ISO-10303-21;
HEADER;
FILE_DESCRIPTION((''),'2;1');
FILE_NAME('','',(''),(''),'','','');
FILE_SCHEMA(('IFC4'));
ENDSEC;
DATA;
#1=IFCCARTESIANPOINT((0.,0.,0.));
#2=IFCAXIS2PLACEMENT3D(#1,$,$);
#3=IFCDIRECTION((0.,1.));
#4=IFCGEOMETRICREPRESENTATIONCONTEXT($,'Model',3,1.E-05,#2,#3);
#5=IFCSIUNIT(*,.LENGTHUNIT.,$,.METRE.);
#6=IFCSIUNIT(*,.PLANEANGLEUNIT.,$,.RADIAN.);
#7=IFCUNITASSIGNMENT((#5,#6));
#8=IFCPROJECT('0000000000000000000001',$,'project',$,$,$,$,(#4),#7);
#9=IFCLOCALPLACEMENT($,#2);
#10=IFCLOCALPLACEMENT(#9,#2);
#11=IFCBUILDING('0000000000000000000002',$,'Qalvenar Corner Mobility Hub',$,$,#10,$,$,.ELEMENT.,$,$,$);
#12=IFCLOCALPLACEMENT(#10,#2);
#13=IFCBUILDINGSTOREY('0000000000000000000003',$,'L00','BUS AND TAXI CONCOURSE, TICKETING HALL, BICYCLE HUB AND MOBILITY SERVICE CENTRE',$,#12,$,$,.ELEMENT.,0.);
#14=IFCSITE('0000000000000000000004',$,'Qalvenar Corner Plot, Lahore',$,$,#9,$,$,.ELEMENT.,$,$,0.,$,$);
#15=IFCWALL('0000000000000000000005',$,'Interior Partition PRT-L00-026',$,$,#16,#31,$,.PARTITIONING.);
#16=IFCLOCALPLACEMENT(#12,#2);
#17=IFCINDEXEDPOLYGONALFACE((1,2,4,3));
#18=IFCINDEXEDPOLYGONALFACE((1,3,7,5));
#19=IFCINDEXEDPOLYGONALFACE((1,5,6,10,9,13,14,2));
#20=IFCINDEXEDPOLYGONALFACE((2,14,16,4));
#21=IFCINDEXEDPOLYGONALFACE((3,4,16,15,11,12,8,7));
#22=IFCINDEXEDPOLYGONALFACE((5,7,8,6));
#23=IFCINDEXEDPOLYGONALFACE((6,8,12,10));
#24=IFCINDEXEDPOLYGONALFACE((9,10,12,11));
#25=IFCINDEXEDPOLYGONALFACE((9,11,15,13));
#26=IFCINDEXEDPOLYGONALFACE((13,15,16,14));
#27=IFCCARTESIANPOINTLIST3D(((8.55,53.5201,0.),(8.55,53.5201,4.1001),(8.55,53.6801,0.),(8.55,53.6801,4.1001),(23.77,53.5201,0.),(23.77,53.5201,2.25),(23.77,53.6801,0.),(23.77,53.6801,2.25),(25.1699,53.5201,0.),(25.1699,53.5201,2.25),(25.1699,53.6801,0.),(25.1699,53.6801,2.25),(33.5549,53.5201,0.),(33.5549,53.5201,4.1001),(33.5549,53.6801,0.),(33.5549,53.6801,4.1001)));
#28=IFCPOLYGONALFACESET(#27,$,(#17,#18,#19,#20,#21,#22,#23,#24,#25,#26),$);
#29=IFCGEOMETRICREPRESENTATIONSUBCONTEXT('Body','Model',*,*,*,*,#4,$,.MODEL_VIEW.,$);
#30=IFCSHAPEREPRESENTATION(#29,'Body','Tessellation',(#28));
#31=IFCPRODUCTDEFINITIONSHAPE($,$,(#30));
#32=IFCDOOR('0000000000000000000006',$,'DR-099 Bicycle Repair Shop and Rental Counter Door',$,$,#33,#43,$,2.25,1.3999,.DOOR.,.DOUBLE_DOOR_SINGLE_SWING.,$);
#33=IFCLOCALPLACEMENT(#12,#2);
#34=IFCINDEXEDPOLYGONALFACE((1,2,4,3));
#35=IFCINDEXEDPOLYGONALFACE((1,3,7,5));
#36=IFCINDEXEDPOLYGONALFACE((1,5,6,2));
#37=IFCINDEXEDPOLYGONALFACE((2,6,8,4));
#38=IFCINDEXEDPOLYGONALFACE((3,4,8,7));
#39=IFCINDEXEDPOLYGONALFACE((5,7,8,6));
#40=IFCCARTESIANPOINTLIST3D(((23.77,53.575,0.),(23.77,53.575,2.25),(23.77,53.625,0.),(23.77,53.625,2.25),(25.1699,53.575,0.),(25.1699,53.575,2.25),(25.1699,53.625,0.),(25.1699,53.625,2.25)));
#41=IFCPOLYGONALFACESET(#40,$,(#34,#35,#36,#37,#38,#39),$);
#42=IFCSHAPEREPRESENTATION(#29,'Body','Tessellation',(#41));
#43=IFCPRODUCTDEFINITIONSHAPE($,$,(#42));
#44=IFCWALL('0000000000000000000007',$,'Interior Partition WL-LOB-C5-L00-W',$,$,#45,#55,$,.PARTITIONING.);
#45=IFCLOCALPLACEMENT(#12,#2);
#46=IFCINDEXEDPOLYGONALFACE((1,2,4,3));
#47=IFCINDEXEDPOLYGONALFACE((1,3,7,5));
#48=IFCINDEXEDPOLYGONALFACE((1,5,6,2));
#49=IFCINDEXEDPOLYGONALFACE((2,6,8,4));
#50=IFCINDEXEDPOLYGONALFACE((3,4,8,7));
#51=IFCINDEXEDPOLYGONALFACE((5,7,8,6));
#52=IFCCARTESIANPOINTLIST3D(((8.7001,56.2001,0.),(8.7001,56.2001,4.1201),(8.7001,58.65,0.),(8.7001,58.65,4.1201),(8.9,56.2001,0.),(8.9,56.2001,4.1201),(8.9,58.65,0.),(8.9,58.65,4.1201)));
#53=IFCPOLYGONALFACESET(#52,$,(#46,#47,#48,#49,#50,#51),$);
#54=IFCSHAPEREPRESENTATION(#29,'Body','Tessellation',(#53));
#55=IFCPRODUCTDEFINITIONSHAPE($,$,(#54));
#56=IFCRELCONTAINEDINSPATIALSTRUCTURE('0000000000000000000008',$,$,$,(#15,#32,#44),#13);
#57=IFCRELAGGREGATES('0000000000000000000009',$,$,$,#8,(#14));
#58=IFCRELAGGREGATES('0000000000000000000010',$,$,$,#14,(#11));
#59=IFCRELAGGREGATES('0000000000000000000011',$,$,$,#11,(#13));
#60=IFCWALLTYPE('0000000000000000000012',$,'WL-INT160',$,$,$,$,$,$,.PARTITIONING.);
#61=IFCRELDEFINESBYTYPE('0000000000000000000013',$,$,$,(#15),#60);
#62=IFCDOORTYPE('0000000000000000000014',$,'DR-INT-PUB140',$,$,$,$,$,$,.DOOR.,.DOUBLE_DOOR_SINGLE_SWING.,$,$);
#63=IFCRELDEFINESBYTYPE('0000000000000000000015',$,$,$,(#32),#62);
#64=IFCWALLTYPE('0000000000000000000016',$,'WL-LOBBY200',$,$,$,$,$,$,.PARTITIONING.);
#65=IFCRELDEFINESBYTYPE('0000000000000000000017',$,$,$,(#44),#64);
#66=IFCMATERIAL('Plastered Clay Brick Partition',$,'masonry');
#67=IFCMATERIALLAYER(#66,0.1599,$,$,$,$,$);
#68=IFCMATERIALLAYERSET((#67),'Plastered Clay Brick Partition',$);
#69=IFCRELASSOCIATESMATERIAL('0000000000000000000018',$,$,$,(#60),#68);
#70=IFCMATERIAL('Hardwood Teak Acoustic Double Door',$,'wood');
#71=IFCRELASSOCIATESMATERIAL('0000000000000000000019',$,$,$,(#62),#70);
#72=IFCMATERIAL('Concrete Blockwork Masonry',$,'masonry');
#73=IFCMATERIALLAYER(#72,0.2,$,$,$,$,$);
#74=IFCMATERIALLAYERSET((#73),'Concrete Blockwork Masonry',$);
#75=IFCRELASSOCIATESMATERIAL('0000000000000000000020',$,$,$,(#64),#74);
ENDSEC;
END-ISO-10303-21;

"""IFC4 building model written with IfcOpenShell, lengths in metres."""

from ifc_helpers import new_model, si_unit, direction, frame, frame_2d, origin, place, context, subcontext, project, spatial, rectangle, extrude, material, layer, layer_set, type_object, element, fill, save


model = new_model("IFC4")

# Units and contexts
model_context = context("Model", 3, precision=1e-05, world=origin(), true_north=direction((0.0, 1.0)))
body_context = subcontext(model_context, "Body", "Model", "MODEL_VIEW")
ifc_project = project(units=[si_unit("LENGTHUNIT", "METRE"), si_unit("PLANEANGLEUNIT", "RADIAN")], contexts=[model_context])

# Site, building, storey
site_placement = place(None, origin())
site = spatial("IfcSite", under=ifc_project, at=site_placement, Name="Qalvenar Corner Plot, Lahore", CompositionType="ELEMENT", RefElevation=0.0)
building_placement = place(site_placement, origin())
building = spatial("IfcBuilding", under=site, at=building_placement, Name="Qalvenar Corner Mobility Hub", CompositionType="ELEMENT")
storey_placement = place(building_placement, origin())
storey = spatial("IfcBuildingStorey", under=building, at=storey_placement, Name="L00", Description="BUS AND TAXI CONCOURSE, TICKETING HALL, BICYCLE HUB AND MOBILITY SERVICE CENTRE", CompositionType="ELEMENT", Elevation=0.0)

# Wall, opening, door
ifc_material_1 = material(Name="Plastered Clay Brick Partition", Category="masonry")
ifc_layer_1 = layer(ifc_material_1, 0.1599)
ifc_layer_set_1 = layer_set([ifc_layer_1], Name="Plastered Clay Brick Partition")
wall_type_1 = type_object("IfcWallType", Name="WL-INT160", PredefinedType="PARTITIONING", material=ifc_layer_set_1)
wall_1_placement = place(storey_placement, frame((8.55, 53.6001, 0.0), z_axis=(0.0, 0.0, 1.0), x_axis=(1.0, 0.0, 0.0)))
wall_1 = element("IfcWall", 1, at=wall_1_placement, inside=storey, type_object=wall_type_1, Name="Interior Partition PRT-L00-026", PredefinedType="PARTITIONING", context=body_context, shape_type="SweptSolid", body=[
    extrude(rectangle(XDim=25.0049, YDim=0.1599, at=frame_2d((12.5024, 0.0))), origin(), (0.0, 0.0, 1.0), 4.1001),
])
opening_1_placement = place(wall_1_placement, frame((15.22, 0.0, 0.0)))
opening_1 = element("IfcOpeningElement", 2, at=opening_1_placement, cuts=wall_1, PredefinedType="OPENING", context=body_context, shape_type="SweptSolid", body=[
    extrude(rectangle(XDim=1.3999, YDim=2.25, at=frame_2d((0.7, 1.125))), frame((0.0, 0.0898, 0.0), z_axis=(0.0, -1.0, 0.0), x_axis=(1.0, 0.0, 0.0)), (0.0, 0.0, 1.0), 0.1799),
])
ifc_material_2 = material(Name="Hardwood Teak Acoustic Double Door", Category="wood")
door_type_1 = type_object("IfcDoorType", Name="DR-INT-PUB140", OperationType="DOUBLE_DOOR_SINGLE_SWING", PredefinedType="DOOR", material=ifc_material_2)
door_1_placement = place(opening_1_placement, origin())
door_1 = element("IfcDoor", 3, at=door_1_placement, inside=storey, type_object=door_type_1, Name="DR-099 Bicycle Repair Shop and Rental Counter Door", OperationType="DOUBLE_DOOR_SINGLE_SWING", OverallHeight=2.25, OverallWidth=1.3999, PredefinedType="DOOR", context=body_context, shape_type="SweptSolid", body=[
    extrude(rectangle(XDim=1.3999, YDim=2.25, at=frame_2d((0.7, 1.125))), frame((0.0, 0.0249, 0.0), z_axis=(0.0, -1.0, 0.0), x_axis=(1.0, 0.0, 0.0)), (0.0, 0.0, 1.0), 0.05),
])
fill(opening_1, door_1)

# Wall
ifc_material_3 = material(Name="Concrete Blockwork Masonry", Category="masonry")
ifc_layer_2 = layer(ifc_material_3, 0.2)
ifc_layer_set_2 = layer_set([ifc_layer_2], Name="Concrete Blockwork Masonry")
wall_type_2 = type_object("IfcWallType", Name="WL-LOBBY200", PredefinedType="PARTITIONING", material=ifc_layer_set_2)
wall_2_placement = place(storey_placement, frame((8.8, 56.2, 0.0), z_axis=(0.0, 0.0, 1.0), x_axis=(0.0, 1.0, 0.0)))
element("IfcWall", 4, at=wall_2_placement, inside=storey, type_object=wall_type_2, Name="Interior Partition WL-LOB-C5-L00-W", PredefinedType="PARTITIONING", context=body_context, shape_type="SweptSolid", body=[
    extrude(rectangle(XDim=2.45, YDim=0.2, at=frame_2d((1.2251, 0.0))), origin(), (0.0, 0.0, 1.0), 4.1201),
])

save(model, "model.ifc")
